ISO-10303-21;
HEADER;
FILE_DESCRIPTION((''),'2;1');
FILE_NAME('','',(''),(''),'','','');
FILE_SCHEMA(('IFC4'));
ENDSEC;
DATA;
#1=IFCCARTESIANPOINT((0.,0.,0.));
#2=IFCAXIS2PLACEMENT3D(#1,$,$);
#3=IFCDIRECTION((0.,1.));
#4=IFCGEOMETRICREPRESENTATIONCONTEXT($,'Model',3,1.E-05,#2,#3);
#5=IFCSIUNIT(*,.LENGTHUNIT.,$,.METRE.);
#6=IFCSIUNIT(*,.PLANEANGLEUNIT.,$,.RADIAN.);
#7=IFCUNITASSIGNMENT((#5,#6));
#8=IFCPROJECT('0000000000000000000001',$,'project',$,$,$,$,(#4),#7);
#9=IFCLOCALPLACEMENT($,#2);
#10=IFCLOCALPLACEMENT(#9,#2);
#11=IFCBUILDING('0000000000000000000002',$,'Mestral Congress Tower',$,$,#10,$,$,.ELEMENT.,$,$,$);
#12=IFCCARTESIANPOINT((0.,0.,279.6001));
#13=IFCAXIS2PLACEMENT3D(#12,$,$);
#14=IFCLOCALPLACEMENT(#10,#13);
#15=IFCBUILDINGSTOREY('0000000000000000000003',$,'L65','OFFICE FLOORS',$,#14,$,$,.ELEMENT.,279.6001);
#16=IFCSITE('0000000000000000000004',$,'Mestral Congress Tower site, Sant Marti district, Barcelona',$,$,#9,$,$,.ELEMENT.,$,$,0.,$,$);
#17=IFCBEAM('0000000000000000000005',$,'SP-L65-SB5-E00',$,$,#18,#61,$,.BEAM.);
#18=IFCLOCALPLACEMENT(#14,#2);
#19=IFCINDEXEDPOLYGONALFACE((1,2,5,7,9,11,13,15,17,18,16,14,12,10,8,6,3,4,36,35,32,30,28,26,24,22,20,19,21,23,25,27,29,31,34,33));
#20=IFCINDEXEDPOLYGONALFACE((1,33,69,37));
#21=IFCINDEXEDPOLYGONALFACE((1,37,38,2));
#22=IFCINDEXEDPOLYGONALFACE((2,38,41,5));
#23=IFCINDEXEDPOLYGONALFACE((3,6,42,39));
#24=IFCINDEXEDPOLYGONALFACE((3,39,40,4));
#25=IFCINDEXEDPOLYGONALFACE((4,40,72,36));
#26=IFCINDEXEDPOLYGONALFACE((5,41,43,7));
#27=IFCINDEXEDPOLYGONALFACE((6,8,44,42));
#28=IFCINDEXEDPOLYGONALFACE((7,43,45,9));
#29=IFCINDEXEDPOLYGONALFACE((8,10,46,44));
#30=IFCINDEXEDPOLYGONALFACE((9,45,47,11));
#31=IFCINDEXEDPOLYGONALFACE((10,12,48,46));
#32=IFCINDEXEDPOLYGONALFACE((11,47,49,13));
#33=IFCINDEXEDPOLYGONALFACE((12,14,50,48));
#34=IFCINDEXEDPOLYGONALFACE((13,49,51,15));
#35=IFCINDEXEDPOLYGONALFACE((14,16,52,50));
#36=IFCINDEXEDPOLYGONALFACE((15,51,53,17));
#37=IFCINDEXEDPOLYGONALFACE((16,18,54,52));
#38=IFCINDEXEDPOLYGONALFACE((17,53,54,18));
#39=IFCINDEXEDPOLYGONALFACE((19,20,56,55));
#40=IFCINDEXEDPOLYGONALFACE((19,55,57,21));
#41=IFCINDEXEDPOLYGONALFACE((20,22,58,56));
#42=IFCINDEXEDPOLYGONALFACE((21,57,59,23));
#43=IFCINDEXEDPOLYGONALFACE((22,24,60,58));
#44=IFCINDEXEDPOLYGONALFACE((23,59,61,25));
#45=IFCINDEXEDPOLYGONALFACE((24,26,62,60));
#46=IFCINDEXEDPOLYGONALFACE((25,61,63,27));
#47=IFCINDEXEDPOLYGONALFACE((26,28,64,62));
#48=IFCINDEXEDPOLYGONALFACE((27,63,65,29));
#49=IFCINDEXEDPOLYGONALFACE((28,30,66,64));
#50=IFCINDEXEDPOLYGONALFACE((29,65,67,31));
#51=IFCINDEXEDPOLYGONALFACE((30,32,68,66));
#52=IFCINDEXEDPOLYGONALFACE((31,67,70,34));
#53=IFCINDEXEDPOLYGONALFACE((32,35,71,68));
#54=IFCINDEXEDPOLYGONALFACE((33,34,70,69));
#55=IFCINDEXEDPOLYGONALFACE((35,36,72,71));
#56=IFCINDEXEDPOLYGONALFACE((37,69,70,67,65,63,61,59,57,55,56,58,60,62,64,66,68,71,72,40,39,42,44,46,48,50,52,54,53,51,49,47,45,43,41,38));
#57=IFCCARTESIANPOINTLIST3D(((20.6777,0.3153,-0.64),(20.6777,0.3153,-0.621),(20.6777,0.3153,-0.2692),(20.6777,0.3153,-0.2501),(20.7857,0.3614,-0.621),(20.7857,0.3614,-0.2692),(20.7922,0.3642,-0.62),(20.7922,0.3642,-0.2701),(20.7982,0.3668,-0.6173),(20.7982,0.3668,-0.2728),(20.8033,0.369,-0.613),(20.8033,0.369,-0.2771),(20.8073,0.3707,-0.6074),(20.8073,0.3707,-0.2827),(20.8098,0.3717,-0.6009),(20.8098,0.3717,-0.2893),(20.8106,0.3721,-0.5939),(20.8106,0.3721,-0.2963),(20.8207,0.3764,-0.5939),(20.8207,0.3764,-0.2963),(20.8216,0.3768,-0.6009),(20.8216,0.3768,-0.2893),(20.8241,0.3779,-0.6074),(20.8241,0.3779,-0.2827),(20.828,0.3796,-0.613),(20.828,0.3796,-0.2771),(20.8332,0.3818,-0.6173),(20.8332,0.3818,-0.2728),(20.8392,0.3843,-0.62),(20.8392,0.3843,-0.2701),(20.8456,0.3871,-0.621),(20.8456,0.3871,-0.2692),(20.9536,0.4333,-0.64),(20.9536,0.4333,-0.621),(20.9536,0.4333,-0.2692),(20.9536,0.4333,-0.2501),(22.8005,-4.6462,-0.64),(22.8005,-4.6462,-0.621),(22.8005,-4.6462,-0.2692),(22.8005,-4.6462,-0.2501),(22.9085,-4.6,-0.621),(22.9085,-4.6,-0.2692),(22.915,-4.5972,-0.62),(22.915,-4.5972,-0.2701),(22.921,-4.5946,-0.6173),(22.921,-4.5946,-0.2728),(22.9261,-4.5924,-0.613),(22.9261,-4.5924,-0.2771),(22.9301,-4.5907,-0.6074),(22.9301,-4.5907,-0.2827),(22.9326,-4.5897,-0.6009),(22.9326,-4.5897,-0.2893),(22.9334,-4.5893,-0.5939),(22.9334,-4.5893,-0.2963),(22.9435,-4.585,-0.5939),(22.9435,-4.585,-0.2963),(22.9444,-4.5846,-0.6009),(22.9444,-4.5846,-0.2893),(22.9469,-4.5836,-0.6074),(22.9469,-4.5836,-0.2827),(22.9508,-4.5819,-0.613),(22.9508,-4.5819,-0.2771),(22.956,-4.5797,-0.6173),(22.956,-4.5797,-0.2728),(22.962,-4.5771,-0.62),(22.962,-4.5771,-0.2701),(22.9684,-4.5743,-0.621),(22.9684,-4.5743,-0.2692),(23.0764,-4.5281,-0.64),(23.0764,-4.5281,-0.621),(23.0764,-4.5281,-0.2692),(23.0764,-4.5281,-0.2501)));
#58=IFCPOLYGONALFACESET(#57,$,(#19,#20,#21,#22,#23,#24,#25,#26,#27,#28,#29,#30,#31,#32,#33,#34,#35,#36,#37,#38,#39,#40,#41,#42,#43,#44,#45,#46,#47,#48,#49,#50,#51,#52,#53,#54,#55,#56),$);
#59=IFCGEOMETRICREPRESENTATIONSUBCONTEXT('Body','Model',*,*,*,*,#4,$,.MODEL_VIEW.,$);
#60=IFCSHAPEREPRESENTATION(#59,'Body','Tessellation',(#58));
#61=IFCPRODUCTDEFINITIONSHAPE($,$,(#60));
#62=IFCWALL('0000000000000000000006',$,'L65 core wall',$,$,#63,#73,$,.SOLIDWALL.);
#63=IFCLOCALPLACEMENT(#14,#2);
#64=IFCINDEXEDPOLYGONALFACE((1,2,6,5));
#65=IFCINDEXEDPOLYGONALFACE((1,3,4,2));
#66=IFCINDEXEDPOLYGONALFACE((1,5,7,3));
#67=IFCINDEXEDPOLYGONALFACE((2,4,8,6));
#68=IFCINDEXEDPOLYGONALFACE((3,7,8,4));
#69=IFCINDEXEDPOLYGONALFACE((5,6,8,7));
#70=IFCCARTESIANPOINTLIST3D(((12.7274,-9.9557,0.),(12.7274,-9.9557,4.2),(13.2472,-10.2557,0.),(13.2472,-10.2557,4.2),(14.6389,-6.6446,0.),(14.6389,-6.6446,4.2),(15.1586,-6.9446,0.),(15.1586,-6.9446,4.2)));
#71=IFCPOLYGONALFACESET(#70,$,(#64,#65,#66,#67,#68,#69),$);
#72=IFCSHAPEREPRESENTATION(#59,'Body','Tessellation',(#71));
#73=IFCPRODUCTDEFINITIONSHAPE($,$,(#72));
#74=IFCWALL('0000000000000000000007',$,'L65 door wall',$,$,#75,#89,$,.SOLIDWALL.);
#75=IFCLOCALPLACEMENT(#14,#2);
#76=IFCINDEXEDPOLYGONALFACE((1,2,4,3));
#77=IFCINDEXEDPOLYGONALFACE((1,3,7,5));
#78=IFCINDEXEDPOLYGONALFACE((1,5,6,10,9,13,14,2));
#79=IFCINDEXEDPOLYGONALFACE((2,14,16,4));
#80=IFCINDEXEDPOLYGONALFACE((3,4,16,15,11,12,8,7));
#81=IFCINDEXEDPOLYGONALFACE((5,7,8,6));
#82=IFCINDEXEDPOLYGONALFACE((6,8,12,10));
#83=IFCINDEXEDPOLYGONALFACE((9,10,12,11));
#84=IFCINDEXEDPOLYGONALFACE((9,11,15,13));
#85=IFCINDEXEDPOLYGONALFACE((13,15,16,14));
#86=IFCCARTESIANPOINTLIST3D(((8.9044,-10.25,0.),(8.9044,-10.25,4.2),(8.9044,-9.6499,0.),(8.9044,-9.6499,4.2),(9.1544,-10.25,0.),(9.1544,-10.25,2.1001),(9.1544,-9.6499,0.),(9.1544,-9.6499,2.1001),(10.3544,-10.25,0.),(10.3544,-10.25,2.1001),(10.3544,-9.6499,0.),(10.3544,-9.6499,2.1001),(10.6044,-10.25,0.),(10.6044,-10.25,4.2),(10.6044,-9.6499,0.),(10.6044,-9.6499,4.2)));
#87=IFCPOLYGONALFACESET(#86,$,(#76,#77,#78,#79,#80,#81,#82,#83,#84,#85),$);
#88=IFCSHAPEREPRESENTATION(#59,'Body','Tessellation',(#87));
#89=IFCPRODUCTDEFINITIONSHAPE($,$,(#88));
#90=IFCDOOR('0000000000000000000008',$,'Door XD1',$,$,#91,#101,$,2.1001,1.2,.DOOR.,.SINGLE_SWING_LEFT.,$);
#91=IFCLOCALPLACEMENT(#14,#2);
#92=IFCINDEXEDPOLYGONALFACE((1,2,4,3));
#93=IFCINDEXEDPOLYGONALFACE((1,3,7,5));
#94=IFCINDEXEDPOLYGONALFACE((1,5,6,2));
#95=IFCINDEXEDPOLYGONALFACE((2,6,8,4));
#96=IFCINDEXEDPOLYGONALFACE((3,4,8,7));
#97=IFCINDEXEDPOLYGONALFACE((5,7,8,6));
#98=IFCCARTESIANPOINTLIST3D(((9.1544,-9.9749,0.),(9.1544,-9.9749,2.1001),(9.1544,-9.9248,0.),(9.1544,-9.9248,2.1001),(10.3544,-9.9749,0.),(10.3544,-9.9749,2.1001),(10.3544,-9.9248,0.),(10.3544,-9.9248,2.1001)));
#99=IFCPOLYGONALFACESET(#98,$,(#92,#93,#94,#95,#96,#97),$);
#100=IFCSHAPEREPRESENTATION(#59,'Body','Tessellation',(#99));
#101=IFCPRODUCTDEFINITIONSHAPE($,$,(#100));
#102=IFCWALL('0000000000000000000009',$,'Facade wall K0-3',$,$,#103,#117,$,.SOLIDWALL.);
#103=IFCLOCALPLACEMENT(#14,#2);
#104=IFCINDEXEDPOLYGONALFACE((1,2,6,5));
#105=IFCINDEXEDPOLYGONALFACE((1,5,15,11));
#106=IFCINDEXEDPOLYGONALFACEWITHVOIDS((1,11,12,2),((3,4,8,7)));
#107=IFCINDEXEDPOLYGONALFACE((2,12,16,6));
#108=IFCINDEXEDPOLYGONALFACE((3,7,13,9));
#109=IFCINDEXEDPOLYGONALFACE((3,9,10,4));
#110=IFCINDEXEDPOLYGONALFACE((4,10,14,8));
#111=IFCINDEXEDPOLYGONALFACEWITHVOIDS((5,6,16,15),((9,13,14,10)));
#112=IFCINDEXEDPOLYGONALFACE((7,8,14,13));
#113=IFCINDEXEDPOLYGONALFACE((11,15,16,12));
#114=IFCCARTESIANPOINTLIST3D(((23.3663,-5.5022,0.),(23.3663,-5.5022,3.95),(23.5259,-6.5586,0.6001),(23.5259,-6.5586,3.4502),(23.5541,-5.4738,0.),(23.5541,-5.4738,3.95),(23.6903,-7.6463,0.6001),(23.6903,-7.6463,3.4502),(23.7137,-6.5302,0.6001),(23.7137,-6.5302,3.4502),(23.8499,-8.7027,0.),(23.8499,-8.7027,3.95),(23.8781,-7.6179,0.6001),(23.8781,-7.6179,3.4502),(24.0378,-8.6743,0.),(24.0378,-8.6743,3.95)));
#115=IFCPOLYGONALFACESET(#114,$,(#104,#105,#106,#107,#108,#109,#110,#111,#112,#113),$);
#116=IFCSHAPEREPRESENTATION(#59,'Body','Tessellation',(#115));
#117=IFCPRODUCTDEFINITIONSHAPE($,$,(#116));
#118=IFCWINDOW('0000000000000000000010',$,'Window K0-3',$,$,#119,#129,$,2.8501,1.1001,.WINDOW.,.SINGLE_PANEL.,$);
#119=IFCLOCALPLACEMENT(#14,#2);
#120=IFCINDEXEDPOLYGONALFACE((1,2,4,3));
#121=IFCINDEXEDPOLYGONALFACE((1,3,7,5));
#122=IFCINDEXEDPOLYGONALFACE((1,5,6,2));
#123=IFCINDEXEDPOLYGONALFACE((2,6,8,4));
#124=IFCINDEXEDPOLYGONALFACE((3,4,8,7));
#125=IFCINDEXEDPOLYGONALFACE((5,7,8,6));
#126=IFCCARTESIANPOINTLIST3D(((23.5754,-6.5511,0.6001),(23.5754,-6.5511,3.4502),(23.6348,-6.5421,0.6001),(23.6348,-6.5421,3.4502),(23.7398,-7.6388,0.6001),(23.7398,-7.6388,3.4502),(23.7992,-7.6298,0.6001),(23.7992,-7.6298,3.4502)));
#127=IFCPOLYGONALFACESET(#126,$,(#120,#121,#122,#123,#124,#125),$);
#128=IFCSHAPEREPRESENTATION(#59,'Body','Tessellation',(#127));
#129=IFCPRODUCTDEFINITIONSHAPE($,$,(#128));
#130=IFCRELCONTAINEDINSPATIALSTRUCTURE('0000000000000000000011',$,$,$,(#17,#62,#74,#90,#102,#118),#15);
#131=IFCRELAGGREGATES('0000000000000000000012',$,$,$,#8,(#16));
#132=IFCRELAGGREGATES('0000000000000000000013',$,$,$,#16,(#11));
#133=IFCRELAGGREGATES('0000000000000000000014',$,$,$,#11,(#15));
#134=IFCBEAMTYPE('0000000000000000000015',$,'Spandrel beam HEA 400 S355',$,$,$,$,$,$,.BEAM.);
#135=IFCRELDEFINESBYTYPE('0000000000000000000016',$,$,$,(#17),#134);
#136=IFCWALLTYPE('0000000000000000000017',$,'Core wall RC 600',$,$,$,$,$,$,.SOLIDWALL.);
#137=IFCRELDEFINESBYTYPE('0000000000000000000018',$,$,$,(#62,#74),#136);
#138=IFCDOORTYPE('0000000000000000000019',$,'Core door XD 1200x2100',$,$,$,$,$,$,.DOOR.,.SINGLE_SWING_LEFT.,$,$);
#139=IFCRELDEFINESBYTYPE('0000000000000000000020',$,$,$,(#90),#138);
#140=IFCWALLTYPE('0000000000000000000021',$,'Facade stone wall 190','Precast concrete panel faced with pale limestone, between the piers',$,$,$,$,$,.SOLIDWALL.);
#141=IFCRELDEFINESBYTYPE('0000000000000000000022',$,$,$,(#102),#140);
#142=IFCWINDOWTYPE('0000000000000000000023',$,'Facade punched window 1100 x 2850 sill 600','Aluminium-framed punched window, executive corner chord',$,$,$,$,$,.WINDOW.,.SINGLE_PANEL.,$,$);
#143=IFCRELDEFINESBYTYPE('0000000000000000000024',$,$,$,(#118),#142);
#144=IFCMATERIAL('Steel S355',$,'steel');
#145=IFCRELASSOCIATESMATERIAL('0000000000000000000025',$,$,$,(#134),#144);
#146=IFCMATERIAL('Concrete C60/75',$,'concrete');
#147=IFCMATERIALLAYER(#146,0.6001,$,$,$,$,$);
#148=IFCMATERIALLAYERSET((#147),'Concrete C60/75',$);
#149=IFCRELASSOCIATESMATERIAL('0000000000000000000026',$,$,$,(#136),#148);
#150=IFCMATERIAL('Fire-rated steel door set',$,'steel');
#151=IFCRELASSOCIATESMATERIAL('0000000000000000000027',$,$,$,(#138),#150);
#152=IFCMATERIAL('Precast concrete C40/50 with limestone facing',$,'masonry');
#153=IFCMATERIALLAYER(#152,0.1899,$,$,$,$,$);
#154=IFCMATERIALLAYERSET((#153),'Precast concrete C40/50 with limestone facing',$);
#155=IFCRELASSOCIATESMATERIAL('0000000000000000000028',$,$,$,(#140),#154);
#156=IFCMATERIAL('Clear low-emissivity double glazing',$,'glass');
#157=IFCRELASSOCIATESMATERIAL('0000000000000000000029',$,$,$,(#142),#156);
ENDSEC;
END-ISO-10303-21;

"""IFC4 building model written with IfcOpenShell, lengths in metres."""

from ifc_helpers import new_model, si_unit, direction, frame, frame_2d, origin, origin_2d, place, context, subcontext, project, spatial, rectangle, i_section, extrude, material, layer, layer_set, material_profile, profile_set, type_object, element, fill, save


model = new_model("IFC4")

# Units and contexts
model_context = context("Model", 3, precision=1e-05, world=origin(), true_north=direction((0.0, 1.0)))
body_context = subcontext(model_context, "Body", "Model", "MODEL_VIEW")
ifc_project = project(units=[si_unit("LENGTHUNIT", "METRE"), si_unit("PLANEANGLEUNIT", "RADIAN")], contexts=[model_context])

# Site, building, storey
site_placement = place(None, origin())
site = spatial("IfcSite", under=ifc_project, at=site_placement, Name="Mestral Congress Tower site, Sant Marti district, Barcelona", CompositionType="ELEMENT", RefElevation=0.0)
building_placement = place(site_placement, origin())
building = spatial("IfcBuilding", under=site, at=building_placement, Name="Mestral Congress Tower", CompositionType="ELEMENT")
storey_placement = place(building_placement, frame((0.0, 0.0, 279.6001)))
storey = spatial("IfcBuildingStorey", under=building, at=storey_placement, Name="L65", Description="OFFICE FLOORS", CompositionType="ELEMENT", Elevation=279.6001)

# Shared definitions
ifc_material_1 = material(Name="Concrete C60/75", Category="concrete")

# Beam
ifc_material_2 = material(Name="Steel S355", Category="steel")
ifc_material_profile_1 = material_profile(ifc_material_2, i_section(OverallWidth=0.3, OverallDepth=0.3899, WebThickness=0.011, FlangeThickness=0.019, FilletRadius=0.0271, at=origin_2d()), Name="HEA 400")
ifc_profile_set_1 = profile_set([ifc_material_profile_1], Name="Steel S355")
beam_type_1 = type_object("IfcBeamType", Name="Spandrel beam HEA 400 S355", PredefinedType="BEAM", material=ifc_profile_set_1)
beam_1_placement = place(storey_placement, frame((22.9385, -4.5872, -0.4451), z_axis=(-0.393368, 0.919381, 0.0), x_axis=(-0.919381, -0.393368, 0.0)))
element("IfcBeam", 1, at=beam_1_placement, inside=storey, type_object=beam_type_1, Name="SP-L65-SB5-E00", PredefinedType="BEAM", context=body_context, shape_type="SweptSolid", body=[
    extrude(i_section(OverallWidth=0.3, OverallDepth=0.3899, WebThickness=0.011, FlangeThickness=0.019, FilletRadius=0.0271, at=origin_2d()), origin(), (0.0, 0.0, 1.0), 5.3965),
])

# Wall
ifc_layer_1 = layer(ifc_material_1, 0.6001)
ifc_layer_set_1 = layer_set([ifc_layer_1], Name="Concrete C60/75")
wall_type_1 = type_object("IfcWallType", Name="Core wall RC 600", PredefinedType="SOLIDWALL", material=ifc_layer_set_1)
wall_1_placement = place(storey_placement, frame((12.9873, -10.1057, 0.0), z_axis=(0.0, 0.0, 1.0), x_axis=(0.499951, 0.866054, 0.0)))
element("IfcWall", 2, at=wall_1_placement, inside=storey, type_object=wall_type_1, Name="L65 core wall", PredefinedType="SOLIDWALL", context=body_context, shape_type="SweptSolid", body=[
    extrude(rectangle(XDim=3.8232, YDim=0.6001, at=frame_2d((1.9116, 0.0))), origin(), (0.0, 0.0, 1.0), 4.2),
])

# Wall, opening, door
wall_2_placement = place(storey_placement, frame((10.6045, -9.95, 0.0), z_axis=(0.0, 0.0, 1.0), x_axis=(-1.0, 0.0, 0.0)))
wall_2 = element("IfcWall", 3, at=wall_2_placement, inside=storey, type_object=wall_type_1, Name="L65 door wall", PredefinedType="SOLIDWALL", context=body_context, shape_type="SweptSolid", body=[
    extrude(rectangle(XDim=1.7, YDim=0.6001, at=frame_2d((0.8501, 0.0))), origin(), (0.0, 0.0, 1.0), 4.2),
])
opening_1_placement = place(wall_2_placement, frame((0.25, 0.0, 0.0)))
opening_1 = element("IfcOpeningElement", 4, at=opening_1_placement, cuts=wall_2, PredefinedType="OPENING", context=body_context, shape_type="SweptSolid", body=[
    extrude(rectangle(XDim=1.2, YDim=2.1001, at=frame_2d((0.6001, 1.05))), frame((0.0, 0.3101, 0.0), z_axis=(0.0, -1.0, 0.0), x_axis=(1.0, 0.0, 0.0)), (0.0, 0.0, 1.0), 0.6201),
])
ifc_material_3 = material(Name="Fire-rated steel door set", Category="steel")
door_type_1 = type_object("IfcDoorType", Name="Core door XD 1200x2100", OperationType="SINGLE_SWING_LEFT", PredefinedType="DOOR", material=ifc_material_3)
door_1_placement = place(opening_1_placement, origin())
door_1 = element("IfcDoor", 5, at=door_1_placement, inside=storey, type_object=door_type_1, Name="Door XD1", OperationType="SINGLE_SWING_LEFT", OverallHeight=2.1001, OverallWidth=1.2, PredefinedType="DOOR", context=body_context, shape_type="SweptSolid", body=[
    extrude(rectangle(XDim=1.2, YDim=2.1001, at=frame_2d((0.6001, 1.05))), frame((0.0, 0.0249, 0.0), z_axis=(0.0, -1.0, 0.0), x_axis=(1.0, 0.0, 0.0)), (0.0, 0.0, 1.0), 0.05),
])
fill(opening_1, door_1)

# Wall, opening, window
ifc_material_4 = material(Name="Precast concrete C40/50 with limestone facing", Category="masonry")
ifc_layer_2 = layer(ifc_material_4, 0.1899)
ifc_layer_set_2 = layer_set([ifc_layer_2], Name="Precast concrete C40/50 with limestone facing")
wall_type_2 = type_object("IfcWallType", Name="Facade stone wall 190", Description="Precast concrete panel faced with pale limestone, between the piers", PredefinedType="SOLIDWALL", material=ifc_layer_set_2)
wall_3_placement = place(storey_placement, frame((23.9438, -8.6885, 0.0), z_axis=(0.0, 0.0, 1.0), x_axis=(-0.149421, 0.988774, 0.0)))
wall_3 = element("IfcWall", 6, at=wall_3_placement, inside=storey, type_object=wall_type_2, Name="Facade wall K0-3", PredefinedType="SOLIDWALL", context=body_context, shape_type="SweptSolid", body=[
    extrude(rectangle(XDim=3.2368, YDim=0.1899, at=frame_2d((1.6184, 0.0))), origin(), (0.0, 0.0, 1.0), 3.95),
])
opening_2_placement = place(wall_3_placement, frame((1.0684, 0.0, 0.6001)))
opening_2 = element("IfcOpeningElement", 7, at=opening_2_placement, cuts=wall_3, PredefinedType="OPENING", context=body_context, shape_type="SweptSolid", body=[
    extrude(rectangle(XDim=1.1001, YDim=2.8501, at=frame_2d((0.55, 1.425))), frame((0.0, 0.105, 0.0), z_axis=(0.0, -1.0, 0.0), x_axis=(1.0, 0.0, 0.0)), (0.0, 0.0, 1.0), 0.21),
])
ifc_material_5 = material(Name="Clear low-emissivity double glazing", Category="glass")
window_type_1 = type_object("IfcWindowType", Name="Facade punched window 1100 x 2850 sill 600", Description="Aluminium-framed punched window, executive corner chord", PartitioningType="SINGLE_PANEL", PredefinedType="WINDOW", material=ifc_material_5)
window_1_placement = place(opening_2_placement, origin())
window_1 = element("IfcWindow", 8, at=window_1_placement, inside=storey, type_object=window_type_1, Name="Window K0-3", OverallHeight=2.8501, OverallWidth=1.1001, PartitioningType="SINGLE_PANEL", PredefinedType="WINDOW", context=body_context, shape_type="SweptSolid", body=[
    extrude(rectangle(XDim=1.1001, YDim=2.8501, at=frame_2d((0.55, 1.425))), frame((0.0, 0.0449, 0.0), z_axis=(0.0, -1.0, 0.0), x_axis=(1.0, 0.0, 0.0)), (0.0, 0.0, 1.0), 0.0601),
])
fill(opening_2, window_1)

save(model, "model.ifc")
